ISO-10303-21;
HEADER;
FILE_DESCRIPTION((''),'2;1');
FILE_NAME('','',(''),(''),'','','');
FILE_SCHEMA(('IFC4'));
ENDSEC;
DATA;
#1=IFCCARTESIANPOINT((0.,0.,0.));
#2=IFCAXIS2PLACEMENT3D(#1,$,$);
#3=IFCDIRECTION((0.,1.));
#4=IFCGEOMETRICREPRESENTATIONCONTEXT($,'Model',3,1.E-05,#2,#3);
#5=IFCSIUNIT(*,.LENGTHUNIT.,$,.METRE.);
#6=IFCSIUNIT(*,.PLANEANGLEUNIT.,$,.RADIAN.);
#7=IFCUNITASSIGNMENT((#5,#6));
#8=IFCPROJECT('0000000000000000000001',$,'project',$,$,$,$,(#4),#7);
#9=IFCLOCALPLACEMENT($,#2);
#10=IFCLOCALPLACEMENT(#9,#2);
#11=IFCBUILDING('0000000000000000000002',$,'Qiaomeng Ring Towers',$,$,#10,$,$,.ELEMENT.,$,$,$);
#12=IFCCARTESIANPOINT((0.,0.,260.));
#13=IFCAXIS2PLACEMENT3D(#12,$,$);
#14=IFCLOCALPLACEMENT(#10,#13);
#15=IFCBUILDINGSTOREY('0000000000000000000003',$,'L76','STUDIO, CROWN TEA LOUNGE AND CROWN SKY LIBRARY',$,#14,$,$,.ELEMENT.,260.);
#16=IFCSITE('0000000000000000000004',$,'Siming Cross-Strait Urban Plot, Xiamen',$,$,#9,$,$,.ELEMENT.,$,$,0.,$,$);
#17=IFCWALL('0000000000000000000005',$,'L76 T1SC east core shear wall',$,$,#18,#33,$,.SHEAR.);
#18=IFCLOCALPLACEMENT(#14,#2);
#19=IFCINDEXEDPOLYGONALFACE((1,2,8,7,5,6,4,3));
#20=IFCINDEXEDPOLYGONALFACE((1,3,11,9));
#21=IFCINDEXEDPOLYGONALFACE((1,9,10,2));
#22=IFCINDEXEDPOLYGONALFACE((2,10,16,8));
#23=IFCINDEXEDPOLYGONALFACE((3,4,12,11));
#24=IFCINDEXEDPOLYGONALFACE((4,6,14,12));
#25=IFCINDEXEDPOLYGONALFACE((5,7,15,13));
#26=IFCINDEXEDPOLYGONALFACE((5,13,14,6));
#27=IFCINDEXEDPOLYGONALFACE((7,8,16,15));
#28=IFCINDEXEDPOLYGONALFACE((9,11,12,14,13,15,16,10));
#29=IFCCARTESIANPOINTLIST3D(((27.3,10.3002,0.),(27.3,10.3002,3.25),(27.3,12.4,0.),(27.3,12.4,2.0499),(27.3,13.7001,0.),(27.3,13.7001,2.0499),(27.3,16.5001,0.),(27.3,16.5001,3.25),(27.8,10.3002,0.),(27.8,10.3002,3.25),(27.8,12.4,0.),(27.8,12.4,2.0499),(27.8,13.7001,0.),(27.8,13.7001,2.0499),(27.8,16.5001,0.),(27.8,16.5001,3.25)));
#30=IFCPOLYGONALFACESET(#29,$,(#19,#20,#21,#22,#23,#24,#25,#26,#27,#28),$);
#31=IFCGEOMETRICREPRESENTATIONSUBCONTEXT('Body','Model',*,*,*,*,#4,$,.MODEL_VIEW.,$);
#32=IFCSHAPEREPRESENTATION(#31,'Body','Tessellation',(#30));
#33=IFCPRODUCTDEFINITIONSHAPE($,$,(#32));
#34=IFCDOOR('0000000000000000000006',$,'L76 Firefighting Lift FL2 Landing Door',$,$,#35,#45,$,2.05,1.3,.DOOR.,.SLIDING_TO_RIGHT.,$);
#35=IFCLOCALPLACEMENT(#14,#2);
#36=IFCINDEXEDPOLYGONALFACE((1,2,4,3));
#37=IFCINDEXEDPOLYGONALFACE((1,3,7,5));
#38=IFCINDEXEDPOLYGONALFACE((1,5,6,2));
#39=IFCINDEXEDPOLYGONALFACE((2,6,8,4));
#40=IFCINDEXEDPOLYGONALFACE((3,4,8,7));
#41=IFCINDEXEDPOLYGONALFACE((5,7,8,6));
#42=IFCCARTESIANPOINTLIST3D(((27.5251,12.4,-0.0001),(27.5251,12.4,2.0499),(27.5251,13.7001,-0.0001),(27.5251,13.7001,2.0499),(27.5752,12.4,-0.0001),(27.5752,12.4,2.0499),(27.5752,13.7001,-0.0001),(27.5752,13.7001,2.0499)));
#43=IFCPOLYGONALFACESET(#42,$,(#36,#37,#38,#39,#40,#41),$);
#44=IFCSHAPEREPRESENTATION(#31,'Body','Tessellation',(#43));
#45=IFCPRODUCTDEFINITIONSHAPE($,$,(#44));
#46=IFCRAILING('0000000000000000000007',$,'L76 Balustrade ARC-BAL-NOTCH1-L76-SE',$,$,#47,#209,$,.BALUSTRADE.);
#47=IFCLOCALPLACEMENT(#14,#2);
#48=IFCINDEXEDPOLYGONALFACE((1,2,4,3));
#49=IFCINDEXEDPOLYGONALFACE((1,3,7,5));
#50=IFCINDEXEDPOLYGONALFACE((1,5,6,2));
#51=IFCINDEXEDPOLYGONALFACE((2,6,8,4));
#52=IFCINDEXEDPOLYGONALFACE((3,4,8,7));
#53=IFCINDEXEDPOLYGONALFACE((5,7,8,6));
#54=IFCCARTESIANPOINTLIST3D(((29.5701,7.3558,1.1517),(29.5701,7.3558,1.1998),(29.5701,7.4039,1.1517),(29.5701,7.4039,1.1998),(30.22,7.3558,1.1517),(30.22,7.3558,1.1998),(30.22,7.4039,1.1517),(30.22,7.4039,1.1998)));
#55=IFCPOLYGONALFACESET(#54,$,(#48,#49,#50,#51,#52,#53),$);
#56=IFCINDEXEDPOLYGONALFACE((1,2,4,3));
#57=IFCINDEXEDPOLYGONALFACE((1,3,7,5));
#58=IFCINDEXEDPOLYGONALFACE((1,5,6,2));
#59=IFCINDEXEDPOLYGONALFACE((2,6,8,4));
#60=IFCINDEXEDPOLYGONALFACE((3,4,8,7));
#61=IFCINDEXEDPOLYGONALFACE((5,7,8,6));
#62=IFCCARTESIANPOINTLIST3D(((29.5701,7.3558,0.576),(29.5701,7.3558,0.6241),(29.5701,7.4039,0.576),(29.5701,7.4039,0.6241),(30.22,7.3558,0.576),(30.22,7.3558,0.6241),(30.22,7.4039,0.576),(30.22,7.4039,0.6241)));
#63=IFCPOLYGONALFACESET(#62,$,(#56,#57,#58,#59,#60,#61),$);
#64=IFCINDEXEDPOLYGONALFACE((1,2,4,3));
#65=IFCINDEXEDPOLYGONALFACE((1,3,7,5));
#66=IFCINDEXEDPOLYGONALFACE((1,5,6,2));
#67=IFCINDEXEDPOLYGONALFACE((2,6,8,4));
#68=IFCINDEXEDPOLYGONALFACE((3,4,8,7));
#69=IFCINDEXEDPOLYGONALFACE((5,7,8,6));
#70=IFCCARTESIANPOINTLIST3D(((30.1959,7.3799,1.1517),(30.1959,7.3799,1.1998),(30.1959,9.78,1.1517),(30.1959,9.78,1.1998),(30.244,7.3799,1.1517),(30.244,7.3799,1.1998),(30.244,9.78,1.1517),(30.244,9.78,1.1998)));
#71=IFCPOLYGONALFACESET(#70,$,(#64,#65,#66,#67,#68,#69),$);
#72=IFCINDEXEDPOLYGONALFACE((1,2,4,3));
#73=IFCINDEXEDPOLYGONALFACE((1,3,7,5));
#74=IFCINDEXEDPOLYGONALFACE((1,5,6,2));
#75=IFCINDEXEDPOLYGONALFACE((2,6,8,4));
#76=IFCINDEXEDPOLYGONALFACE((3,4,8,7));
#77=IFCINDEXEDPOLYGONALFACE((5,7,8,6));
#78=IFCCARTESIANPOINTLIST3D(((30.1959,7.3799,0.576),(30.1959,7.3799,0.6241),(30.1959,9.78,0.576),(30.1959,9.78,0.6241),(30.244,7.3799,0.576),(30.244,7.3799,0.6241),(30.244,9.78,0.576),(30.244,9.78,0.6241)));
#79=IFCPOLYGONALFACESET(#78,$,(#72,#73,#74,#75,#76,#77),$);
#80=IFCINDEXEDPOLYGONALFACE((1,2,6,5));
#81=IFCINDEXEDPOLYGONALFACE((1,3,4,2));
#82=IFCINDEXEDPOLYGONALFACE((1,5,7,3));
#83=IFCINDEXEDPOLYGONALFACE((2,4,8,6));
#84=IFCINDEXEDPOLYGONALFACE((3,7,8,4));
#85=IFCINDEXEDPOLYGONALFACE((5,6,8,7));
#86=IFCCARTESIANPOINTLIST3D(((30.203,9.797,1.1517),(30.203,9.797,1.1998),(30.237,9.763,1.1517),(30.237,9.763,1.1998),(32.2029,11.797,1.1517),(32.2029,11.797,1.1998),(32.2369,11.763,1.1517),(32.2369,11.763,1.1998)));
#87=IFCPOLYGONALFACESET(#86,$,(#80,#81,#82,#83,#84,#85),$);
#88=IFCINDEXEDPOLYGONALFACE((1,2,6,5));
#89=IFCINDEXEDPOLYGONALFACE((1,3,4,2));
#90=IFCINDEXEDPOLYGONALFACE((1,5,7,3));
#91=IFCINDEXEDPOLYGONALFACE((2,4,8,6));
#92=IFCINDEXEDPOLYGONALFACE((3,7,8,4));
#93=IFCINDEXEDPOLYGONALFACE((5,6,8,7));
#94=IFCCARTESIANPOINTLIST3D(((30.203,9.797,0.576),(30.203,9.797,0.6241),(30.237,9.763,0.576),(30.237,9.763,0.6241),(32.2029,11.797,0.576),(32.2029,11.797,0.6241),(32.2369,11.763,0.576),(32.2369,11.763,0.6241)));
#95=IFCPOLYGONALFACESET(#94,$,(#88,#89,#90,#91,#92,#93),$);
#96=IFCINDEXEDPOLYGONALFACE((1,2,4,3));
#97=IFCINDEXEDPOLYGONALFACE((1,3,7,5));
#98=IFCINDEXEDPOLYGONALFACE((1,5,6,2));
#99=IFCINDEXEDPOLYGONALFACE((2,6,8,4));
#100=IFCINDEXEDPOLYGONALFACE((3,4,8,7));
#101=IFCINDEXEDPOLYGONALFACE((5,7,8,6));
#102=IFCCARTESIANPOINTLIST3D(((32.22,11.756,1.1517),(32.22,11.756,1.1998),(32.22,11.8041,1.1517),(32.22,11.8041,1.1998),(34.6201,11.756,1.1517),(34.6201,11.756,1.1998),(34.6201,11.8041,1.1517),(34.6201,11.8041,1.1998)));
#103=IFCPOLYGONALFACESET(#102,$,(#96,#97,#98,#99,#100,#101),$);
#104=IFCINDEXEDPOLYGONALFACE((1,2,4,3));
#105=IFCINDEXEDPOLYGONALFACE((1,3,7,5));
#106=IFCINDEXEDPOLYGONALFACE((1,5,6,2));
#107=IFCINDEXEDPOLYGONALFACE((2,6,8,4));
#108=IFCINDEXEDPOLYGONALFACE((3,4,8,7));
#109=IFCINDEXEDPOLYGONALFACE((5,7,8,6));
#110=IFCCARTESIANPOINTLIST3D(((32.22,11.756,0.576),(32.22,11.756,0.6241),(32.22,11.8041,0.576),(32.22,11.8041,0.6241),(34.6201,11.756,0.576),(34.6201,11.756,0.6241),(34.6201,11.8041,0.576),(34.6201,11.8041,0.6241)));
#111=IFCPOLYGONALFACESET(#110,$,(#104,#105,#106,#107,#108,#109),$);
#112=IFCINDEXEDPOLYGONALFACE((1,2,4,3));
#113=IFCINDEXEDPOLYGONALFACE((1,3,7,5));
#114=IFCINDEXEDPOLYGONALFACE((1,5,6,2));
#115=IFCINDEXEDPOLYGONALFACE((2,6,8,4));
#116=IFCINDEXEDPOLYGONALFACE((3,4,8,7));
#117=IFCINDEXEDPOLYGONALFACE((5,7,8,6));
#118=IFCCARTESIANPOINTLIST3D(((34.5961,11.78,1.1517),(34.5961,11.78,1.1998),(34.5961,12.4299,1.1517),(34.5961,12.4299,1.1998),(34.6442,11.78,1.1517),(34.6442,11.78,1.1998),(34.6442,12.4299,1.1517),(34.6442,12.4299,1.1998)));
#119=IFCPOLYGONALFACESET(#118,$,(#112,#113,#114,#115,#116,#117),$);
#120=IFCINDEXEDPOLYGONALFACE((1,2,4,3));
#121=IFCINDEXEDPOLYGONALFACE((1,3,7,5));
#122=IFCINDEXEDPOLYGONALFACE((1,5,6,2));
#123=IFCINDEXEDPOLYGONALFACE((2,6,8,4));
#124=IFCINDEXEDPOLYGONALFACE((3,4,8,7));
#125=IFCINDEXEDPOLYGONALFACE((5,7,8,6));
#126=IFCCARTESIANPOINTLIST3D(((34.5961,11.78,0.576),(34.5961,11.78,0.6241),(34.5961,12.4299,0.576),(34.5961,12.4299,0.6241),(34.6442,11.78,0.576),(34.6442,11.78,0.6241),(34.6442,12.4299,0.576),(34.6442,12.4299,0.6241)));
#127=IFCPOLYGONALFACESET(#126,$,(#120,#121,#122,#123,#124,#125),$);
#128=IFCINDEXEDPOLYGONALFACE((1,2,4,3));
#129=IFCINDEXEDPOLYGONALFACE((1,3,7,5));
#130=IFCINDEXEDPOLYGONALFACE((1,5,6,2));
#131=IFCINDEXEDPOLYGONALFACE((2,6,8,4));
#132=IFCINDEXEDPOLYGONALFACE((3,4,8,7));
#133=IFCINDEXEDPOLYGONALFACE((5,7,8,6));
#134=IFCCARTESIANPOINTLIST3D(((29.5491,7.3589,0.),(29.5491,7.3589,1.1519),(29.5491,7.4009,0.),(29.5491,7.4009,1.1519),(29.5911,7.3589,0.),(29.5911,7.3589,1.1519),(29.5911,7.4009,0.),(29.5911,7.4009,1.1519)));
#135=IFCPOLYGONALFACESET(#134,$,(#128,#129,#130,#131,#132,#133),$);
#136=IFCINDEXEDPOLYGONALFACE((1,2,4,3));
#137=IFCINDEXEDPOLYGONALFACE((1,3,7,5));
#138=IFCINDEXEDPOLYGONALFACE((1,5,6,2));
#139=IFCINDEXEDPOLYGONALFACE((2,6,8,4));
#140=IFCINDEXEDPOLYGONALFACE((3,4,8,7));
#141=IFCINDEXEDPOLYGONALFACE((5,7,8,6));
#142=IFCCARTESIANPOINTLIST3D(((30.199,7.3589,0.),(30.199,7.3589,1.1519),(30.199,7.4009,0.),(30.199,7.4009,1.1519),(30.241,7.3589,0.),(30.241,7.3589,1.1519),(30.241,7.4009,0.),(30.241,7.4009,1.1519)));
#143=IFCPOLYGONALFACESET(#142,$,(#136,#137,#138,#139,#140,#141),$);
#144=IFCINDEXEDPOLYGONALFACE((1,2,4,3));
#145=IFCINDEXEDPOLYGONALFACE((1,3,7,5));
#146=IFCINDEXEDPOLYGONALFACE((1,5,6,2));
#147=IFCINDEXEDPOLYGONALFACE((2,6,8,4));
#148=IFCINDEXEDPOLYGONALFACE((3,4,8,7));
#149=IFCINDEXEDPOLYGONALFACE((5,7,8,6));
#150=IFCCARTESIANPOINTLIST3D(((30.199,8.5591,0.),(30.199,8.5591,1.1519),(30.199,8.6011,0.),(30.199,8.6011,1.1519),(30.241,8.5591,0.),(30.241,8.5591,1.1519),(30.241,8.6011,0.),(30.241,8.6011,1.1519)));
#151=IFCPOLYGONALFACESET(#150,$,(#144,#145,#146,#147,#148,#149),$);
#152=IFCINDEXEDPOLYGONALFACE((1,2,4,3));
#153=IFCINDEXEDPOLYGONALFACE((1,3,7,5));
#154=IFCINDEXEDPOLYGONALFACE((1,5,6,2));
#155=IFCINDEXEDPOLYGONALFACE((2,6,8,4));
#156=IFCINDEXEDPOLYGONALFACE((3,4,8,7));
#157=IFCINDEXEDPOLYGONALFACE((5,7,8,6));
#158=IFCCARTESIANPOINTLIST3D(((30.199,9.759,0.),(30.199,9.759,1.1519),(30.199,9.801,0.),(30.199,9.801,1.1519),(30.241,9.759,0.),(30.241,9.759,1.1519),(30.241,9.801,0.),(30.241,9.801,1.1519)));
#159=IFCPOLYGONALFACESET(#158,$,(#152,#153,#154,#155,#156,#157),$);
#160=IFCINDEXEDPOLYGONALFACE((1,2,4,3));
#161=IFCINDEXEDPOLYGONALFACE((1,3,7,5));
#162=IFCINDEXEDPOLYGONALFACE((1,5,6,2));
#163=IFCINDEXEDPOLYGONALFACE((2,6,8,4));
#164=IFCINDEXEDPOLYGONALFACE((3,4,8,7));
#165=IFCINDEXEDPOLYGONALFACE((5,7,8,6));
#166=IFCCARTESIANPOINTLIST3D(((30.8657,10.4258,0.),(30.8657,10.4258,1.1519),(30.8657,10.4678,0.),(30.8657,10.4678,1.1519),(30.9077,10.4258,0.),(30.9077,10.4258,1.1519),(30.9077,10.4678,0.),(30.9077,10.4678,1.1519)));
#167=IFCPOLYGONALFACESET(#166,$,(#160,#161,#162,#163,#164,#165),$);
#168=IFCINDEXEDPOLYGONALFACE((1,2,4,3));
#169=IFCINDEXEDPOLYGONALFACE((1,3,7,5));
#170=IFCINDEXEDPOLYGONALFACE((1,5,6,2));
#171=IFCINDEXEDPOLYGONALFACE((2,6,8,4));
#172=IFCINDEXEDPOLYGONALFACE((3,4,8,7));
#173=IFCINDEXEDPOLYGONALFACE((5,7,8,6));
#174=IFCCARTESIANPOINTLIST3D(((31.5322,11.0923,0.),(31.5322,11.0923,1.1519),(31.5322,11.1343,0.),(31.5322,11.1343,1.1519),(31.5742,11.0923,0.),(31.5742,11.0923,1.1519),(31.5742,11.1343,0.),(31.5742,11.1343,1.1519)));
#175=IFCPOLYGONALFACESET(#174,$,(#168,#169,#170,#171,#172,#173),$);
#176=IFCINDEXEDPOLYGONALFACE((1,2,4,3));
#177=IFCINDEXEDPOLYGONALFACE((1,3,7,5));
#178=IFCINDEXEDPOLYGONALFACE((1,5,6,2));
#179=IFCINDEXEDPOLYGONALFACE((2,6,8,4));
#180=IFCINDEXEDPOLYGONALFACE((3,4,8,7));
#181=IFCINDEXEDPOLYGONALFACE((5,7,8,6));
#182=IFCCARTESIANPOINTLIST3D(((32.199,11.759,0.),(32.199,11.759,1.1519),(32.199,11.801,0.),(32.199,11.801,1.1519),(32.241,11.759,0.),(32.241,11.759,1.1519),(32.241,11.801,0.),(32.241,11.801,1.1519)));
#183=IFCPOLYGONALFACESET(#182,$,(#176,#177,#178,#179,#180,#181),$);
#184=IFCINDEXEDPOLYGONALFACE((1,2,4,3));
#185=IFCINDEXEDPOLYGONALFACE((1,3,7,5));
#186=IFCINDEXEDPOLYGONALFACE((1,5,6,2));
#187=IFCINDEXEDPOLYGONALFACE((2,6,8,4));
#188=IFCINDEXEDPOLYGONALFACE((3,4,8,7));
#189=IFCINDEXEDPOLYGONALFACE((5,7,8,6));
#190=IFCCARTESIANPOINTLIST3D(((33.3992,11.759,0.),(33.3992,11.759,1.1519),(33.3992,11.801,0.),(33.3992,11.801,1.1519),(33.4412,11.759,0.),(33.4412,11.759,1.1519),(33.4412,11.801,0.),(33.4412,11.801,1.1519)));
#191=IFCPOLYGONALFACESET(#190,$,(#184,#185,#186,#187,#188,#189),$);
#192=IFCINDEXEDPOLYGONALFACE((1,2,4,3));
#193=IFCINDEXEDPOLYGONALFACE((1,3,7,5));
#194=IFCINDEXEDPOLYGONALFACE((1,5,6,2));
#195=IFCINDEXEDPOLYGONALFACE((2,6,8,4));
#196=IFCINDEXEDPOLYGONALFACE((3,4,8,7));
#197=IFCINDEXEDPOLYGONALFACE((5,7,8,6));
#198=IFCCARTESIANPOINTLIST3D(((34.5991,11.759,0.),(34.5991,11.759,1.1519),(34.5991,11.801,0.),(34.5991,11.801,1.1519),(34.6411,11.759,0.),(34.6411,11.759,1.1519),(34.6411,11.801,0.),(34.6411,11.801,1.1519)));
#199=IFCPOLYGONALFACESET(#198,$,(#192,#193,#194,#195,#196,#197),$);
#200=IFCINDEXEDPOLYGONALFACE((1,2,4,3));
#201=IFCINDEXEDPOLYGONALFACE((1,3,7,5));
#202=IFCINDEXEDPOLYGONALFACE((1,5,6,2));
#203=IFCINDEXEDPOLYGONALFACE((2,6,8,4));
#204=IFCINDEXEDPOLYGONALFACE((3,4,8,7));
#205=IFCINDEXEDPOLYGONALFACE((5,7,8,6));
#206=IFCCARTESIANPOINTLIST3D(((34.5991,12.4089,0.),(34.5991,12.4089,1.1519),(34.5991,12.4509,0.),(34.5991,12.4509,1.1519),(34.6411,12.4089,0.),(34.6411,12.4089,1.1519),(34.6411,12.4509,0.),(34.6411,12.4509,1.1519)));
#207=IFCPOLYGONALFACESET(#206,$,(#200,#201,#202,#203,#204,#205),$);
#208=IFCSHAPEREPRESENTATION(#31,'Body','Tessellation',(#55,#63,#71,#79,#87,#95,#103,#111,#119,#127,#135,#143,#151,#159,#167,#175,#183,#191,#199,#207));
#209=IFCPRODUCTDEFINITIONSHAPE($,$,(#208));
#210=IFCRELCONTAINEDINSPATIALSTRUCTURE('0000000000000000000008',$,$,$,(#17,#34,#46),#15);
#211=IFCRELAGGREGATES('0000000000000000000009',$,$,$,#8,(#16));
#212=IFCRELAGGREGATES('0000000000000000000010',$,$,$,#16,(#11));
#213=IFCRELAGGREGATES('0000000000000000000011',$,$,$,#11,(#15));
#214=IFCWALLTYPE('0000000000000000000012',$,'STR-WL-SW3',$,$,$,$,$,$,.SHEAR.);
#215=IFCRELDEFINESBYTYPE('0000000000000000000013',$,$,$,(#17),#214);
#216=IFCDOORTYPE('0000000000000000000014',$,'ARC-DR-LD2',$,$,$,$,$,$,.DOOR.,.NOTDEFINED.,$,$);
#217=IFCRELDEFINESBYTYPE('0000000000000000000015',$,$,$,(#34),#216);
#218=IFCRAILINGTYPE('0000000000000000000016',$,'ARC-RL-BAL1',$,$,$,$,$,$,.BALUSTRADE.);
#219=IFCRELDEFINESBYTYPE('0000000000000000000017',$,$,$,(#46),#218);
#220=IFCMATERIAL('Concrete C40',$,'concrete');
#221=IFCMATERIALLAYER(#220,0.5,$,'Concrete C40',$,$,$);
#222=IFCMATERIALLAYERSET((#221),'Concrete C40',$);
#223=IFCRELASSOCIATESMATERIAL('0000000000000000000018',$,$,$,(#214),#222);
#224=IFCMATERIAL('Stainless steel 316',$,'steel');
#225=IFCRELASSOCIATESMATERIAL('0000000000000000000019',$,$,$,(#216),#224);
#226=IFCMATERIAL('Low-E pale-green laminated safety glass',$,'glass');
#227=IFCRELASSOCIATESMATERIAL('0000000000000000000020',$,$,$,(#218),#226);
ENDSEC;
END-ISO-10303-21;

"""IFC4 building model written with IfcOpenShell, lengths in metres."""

from ifc_helpers import new_model, si_unit, direction, frame, frame_2d, origin, origin_2d, place, context, subcontext, project, spatial, rectangle, extrude, source, transform, mapped, material, layer, layer_set, type_object, element, fill, save


model = new_model("IFC4")

# Units and contexts
model_context = context("Model", 3, precision=1e-05, world=origin(), true_north=direction((0.0, 1.0)))
body_context = subcontext(model_context, "Body", "Model", "MODEL_VIEW")
ifc_project = project(units=[si_unit("LENGTHUNIT", "METRE"), si_unit("PLANEANGLEUNIT", "RADIAN")], contexts=[model_context])

# Site, building, storey
site_placement = place(None, origin())
site = spatial("IfcSite", under=ifc_project, at=site_placement, Name="Siming Cross-Strait Urban Plot, Xiamen", CompositionType="ELEMENT", RefElevation=0.0)
building_placement = place(site_placement, origin())
building = spatial("IfcBuilding", under=site, at=building_placement, Name="Qiaomeng Ring Towers", CompositionType="ELEMENT")
storey_placement = place(building_placement, frame((0.0, 0.0, 260.0)))
storey = spatial("IfcBuildingStorey", under=building, at=storey_placement, Name="L76", Description="STUDIO, CROWN TEA LOUNGE AND CROWN SKY LIBRARY", CompositionType="ELEMENT", Elevation=260.0)

# Shared definitions
ifc_material_1 = material(Name="Concrete C40", Category="concrete")

# Wall, opening, door
ifc_layer_1 = layer(ifc_material_1, 0.5, Name="Concrete C40")
ifc_layer_set_1 = layer_set([ifc_layer_1], Name="Concrete C40")
wall_type_1 = type_object("IfcWallType", Name="STR-WL-SW3", PredefinedType="SHEAR", material=ifc_layer_set_1)
wall_1_placement = place(storey_placement, frame((27.55, 10.3, 0.0), z_axis=(0.0, 0.0, 1.0), x_axis=(0.0, 1.0, 0.0)))
wall_1 = element("IfcWall", 1, at=wall_1_placement, inside=storey, type_object=wall_type_1, Name="L76 T1SC east core shear wall", PredefinedType="SHEAR", context=body_context, shape_type="SweptSolid", body=[
    extrude(rectangle(XDim=6.2, YDim=0.5, at=frame_2d((3.1001, 0.0))), origin(), (0.0, 0.0, 1.0), 3.25),
])
opening_1_placement = place(wall_1_placement, frame((2.1001, 0.0, 0.0)))
opening_1 = element("IfcOpeningElement", 2, at=opening_1_placement, cuts=wall_1, PredefinedType="OPENING", context=body_context, shape_type="SweptSolid", body=[
    extrude(rectangle(XDim=1.3, YDim=2.05, at=frame_2d((0.6499, 1.0249))), frame((0.0, 0.26, 0.0), z_axis=(0.0, -1.0, 0.0), x_axis=(1.0, 0.0, 0.0)), (0.0, 0.0, 1.0), 0.52),
])
ifc_material_2 = material(Name="Stainless steel 316", Category="steel")
door_type_1 = type_object("IfcDoorType", Name="ARC-DR-LD2", OperationType="NOTDEFINED", PredefinedType="DOOR", material=ifc_material_2)
shared_shape_1 = source(origin(), body_context, "Body", "SweptSolid", [
    extrude(rectangle(XDim=1.3, YDim=2.05, at=frame_2d((0.6499, 1.0249))), frame((0.0, 0.0249, 0.0), z_axis=(0.0, -1.0, 0.0), x_axis=(1.0, 0.0, 0.0)), (0.0, 0.0, 1.0), 0.05),
])
door_1_placement = place(opening_1_placement, origin())
door_1 = element("IfcDoor", 3, at=door_1_placement, inside=storey, type_object=door_type_1, Name="L76 Firefighting Lift FL2 Landing Door", OperationType="SLIDING_TO_RIGHT", OverallHeight=2.05, OverallWidth=1.3, PredefinedType="DOOR", context=body_context, shape_type="MappedRepresentation", body=[
    mapped(shared_shape_1, transform((0.0, 0.0, 0.0), x_axis=(1.0, 0.0, 0.0), y_axis=(0.0, 1.0, 0.0), z_axis=(0.0, 0.0, 1.0), scale=1.0)),
])
fill(opening_1, door_1)

# Railing
ifc_material_3 = material(Name="Low-E pale-green laminated safety glass", Category="glass")
railing_type = type_object("IfcRailingType", Name="ARC-RL-BAL1", PredefinedType="BALUSTRADE", material=ifc_material_3)
railing_placement = place(storey_placement, frame((29.5701, 7.3799, 0.0)))
element("IfcRailing", 4, at=railing_placement, inside=storey, type_object=railing_type, Name="L76 Balustrade ARC-BAL-NOTCH1-L76-SE", PredefinedType="BALUSTRADE", context=body_context, shape_type="SweptSolid", body=[
    extrude(rectangle(XDim=0.0481, YDim=0.0481, at=origin_2d()), frame((0.0, 0.0, 1.1758), z_axis=(1.0, 0.0, 0.0), x_axis=(0.0, 1.0, 0.0)), (0.0, 0.0, 1.0), 0.6499),
    extrude(rectangle(XDim=0.0481, YDim=0.0481, at=origin_2d()), frame((0.0, 0.0, 0.6001), z_axis=(1.0, 0.0, 0.0), x_axis=(0.0, 1.0, 0.0)), (0.0, 0.0, 1.0), 0.6499),
    extrude(rectangle(XDim=0.0481, YDim=0.0481, at=origin_2d()), frame((0.6499, 0.0, 1.1758), z_axis=(0.0, 1.0, 0.0), x_axis=(-1.0, 0.0, 0.0)), (0.0, 0.0, 1.0), 2.4001),
    extrude(rectangle(XDim=0.0481, YDim=0.0481, at=origin_2d()), frame((0.6499, 0.0, 0.6001), z_axis=(0.0, 1.0, 0.0), x_axis=(-1.0, 0.0, 0.0)), (0.0, 0.0, 1.0), 2.4001),
    extrude(rectangle(XDim=0.0481, YDim=0.0481, at=origin_2d()), frame((0.6499, 2.4001, 1.1758), z_axis=(0.707107, 0.707107, 0.0), x_axis=(-0.707107, 0.707107, 0.0)), (0.0, 0.0, 1.0), 2.8284),
    extrude(rectangle(XDim=0.0481, YDim=0.0481, at=origin_2d()), frame((0.6499, 2.4001, 0.6001), z_axis=(0.707107, 0.707107, 0.0), x_axis=(-0.707107, 0.707107, 0.0)), (0.0, 0.0, 1.0), 2.8284),
    extrude(rectangle(XDim=0.0481, YDim=0.0481, at=origin_2d()), frame((2.6499, 4.4001, 1.1758), z_axis=(1.0, 0.0, 0.0), x_axis=(0.0, 1.0, 0.0)), (0.0, 0.0, 1.0), 2.4001),
    extrude(rectangle(XDim=0.0481, YDim=0.0481, at=origin_2d()), frame((2.6499, 4.4001, 0.6001), z_axis=(1.0, 0.0, 0.0), x_axis=(0.0, 1.0, 0.0)), (0.0, 0.0, 1.0), 2.4001),
    extrude(rectangle(XDim=0.0481, YDim=0.0481, at=origin_2d()), frame((5.05, 4.4001, 1.1758), z_axis=(0.0, 1.0, 0.0), x_axis=(-1.0, 0.0, 0.0)), (0.0, 0.0, 1.0), 0.6499),
    extrude(rectangle(XDim=0.0481, YDim=0.0481, at=origin_2d()), frame((5.05, 4.4001, 0.6001), z_axis=(0.0, 1.0, 0.0), x_axis=(-1.0, 0.0, 0.0)), (0.0, 0.0, 1.0), 0.6499),
    extrude(rectangle(XDim=0.042, YDim=0.042, at=origin_2d()), origin(), (0.0, 0.0, 1.0), 1.1519),
    extrude(rectangle(XDim=0.042, YDim=0.042, at=origin_2d()), frame((0.6499, 0.0, 0.0)), (0.0, 0.0, 1.0), 1.1519),
    extrude(rectangle(XDim=0.042, YDim=0.042, at=origin_2d()), frame((0.6499, 1.2002, 0.0)), (0.0, 0.0, 1.0), 1.1519),
    extrude(rectangle(XDim=0.042, YDim=0.042, at=origin_2d()), frame((0.6499, 2.4001, 0.0)), (0.0, 0.0, 1.0), 1.1519),
    extrude(rectangle(XDim=0.042, YDim=0.042, at=origin_2d()), frame((1.3167, 3.0669, 0.0)), (0.0, 0.0, 1.0), 1.1519),
    extrude(rectangle(XDim=0.042, YDim=0.042, at=origin_2d()), frame((1.9832, 3.7334, 0.0)), (0.0, 0.0, 1.0), 1.1519),
    extrude(rectangle(XDim=0.042, YDim=0.042, at=origin_2d()), frame((2.6499, 4.4001, 0.0)), (0.0, 0.0, 1.0), 1.1519),
    extrude(rectangle(XDim=0.042, YDim=0.042, at=origin_2d()), frame((3.8501, 4.4001, 0.0)), (0.0, 0.0, 1.0), 1.1519),
    extrude(rectangle(XDim=0.042, YDim=0.042, at=origin_2d()), frame((5.05, 4.4001, 0.0)), (0.0, 0.0, 1.0), 1.1519),
    extrude(rectangle(XDim=0.042, YDim=0.042, at=origin_2d()), frame((5.05, 5.05, 0.0)), (0.0, 0.0, 1.0), 1.1519),
])

save(model, "model.ifc")
